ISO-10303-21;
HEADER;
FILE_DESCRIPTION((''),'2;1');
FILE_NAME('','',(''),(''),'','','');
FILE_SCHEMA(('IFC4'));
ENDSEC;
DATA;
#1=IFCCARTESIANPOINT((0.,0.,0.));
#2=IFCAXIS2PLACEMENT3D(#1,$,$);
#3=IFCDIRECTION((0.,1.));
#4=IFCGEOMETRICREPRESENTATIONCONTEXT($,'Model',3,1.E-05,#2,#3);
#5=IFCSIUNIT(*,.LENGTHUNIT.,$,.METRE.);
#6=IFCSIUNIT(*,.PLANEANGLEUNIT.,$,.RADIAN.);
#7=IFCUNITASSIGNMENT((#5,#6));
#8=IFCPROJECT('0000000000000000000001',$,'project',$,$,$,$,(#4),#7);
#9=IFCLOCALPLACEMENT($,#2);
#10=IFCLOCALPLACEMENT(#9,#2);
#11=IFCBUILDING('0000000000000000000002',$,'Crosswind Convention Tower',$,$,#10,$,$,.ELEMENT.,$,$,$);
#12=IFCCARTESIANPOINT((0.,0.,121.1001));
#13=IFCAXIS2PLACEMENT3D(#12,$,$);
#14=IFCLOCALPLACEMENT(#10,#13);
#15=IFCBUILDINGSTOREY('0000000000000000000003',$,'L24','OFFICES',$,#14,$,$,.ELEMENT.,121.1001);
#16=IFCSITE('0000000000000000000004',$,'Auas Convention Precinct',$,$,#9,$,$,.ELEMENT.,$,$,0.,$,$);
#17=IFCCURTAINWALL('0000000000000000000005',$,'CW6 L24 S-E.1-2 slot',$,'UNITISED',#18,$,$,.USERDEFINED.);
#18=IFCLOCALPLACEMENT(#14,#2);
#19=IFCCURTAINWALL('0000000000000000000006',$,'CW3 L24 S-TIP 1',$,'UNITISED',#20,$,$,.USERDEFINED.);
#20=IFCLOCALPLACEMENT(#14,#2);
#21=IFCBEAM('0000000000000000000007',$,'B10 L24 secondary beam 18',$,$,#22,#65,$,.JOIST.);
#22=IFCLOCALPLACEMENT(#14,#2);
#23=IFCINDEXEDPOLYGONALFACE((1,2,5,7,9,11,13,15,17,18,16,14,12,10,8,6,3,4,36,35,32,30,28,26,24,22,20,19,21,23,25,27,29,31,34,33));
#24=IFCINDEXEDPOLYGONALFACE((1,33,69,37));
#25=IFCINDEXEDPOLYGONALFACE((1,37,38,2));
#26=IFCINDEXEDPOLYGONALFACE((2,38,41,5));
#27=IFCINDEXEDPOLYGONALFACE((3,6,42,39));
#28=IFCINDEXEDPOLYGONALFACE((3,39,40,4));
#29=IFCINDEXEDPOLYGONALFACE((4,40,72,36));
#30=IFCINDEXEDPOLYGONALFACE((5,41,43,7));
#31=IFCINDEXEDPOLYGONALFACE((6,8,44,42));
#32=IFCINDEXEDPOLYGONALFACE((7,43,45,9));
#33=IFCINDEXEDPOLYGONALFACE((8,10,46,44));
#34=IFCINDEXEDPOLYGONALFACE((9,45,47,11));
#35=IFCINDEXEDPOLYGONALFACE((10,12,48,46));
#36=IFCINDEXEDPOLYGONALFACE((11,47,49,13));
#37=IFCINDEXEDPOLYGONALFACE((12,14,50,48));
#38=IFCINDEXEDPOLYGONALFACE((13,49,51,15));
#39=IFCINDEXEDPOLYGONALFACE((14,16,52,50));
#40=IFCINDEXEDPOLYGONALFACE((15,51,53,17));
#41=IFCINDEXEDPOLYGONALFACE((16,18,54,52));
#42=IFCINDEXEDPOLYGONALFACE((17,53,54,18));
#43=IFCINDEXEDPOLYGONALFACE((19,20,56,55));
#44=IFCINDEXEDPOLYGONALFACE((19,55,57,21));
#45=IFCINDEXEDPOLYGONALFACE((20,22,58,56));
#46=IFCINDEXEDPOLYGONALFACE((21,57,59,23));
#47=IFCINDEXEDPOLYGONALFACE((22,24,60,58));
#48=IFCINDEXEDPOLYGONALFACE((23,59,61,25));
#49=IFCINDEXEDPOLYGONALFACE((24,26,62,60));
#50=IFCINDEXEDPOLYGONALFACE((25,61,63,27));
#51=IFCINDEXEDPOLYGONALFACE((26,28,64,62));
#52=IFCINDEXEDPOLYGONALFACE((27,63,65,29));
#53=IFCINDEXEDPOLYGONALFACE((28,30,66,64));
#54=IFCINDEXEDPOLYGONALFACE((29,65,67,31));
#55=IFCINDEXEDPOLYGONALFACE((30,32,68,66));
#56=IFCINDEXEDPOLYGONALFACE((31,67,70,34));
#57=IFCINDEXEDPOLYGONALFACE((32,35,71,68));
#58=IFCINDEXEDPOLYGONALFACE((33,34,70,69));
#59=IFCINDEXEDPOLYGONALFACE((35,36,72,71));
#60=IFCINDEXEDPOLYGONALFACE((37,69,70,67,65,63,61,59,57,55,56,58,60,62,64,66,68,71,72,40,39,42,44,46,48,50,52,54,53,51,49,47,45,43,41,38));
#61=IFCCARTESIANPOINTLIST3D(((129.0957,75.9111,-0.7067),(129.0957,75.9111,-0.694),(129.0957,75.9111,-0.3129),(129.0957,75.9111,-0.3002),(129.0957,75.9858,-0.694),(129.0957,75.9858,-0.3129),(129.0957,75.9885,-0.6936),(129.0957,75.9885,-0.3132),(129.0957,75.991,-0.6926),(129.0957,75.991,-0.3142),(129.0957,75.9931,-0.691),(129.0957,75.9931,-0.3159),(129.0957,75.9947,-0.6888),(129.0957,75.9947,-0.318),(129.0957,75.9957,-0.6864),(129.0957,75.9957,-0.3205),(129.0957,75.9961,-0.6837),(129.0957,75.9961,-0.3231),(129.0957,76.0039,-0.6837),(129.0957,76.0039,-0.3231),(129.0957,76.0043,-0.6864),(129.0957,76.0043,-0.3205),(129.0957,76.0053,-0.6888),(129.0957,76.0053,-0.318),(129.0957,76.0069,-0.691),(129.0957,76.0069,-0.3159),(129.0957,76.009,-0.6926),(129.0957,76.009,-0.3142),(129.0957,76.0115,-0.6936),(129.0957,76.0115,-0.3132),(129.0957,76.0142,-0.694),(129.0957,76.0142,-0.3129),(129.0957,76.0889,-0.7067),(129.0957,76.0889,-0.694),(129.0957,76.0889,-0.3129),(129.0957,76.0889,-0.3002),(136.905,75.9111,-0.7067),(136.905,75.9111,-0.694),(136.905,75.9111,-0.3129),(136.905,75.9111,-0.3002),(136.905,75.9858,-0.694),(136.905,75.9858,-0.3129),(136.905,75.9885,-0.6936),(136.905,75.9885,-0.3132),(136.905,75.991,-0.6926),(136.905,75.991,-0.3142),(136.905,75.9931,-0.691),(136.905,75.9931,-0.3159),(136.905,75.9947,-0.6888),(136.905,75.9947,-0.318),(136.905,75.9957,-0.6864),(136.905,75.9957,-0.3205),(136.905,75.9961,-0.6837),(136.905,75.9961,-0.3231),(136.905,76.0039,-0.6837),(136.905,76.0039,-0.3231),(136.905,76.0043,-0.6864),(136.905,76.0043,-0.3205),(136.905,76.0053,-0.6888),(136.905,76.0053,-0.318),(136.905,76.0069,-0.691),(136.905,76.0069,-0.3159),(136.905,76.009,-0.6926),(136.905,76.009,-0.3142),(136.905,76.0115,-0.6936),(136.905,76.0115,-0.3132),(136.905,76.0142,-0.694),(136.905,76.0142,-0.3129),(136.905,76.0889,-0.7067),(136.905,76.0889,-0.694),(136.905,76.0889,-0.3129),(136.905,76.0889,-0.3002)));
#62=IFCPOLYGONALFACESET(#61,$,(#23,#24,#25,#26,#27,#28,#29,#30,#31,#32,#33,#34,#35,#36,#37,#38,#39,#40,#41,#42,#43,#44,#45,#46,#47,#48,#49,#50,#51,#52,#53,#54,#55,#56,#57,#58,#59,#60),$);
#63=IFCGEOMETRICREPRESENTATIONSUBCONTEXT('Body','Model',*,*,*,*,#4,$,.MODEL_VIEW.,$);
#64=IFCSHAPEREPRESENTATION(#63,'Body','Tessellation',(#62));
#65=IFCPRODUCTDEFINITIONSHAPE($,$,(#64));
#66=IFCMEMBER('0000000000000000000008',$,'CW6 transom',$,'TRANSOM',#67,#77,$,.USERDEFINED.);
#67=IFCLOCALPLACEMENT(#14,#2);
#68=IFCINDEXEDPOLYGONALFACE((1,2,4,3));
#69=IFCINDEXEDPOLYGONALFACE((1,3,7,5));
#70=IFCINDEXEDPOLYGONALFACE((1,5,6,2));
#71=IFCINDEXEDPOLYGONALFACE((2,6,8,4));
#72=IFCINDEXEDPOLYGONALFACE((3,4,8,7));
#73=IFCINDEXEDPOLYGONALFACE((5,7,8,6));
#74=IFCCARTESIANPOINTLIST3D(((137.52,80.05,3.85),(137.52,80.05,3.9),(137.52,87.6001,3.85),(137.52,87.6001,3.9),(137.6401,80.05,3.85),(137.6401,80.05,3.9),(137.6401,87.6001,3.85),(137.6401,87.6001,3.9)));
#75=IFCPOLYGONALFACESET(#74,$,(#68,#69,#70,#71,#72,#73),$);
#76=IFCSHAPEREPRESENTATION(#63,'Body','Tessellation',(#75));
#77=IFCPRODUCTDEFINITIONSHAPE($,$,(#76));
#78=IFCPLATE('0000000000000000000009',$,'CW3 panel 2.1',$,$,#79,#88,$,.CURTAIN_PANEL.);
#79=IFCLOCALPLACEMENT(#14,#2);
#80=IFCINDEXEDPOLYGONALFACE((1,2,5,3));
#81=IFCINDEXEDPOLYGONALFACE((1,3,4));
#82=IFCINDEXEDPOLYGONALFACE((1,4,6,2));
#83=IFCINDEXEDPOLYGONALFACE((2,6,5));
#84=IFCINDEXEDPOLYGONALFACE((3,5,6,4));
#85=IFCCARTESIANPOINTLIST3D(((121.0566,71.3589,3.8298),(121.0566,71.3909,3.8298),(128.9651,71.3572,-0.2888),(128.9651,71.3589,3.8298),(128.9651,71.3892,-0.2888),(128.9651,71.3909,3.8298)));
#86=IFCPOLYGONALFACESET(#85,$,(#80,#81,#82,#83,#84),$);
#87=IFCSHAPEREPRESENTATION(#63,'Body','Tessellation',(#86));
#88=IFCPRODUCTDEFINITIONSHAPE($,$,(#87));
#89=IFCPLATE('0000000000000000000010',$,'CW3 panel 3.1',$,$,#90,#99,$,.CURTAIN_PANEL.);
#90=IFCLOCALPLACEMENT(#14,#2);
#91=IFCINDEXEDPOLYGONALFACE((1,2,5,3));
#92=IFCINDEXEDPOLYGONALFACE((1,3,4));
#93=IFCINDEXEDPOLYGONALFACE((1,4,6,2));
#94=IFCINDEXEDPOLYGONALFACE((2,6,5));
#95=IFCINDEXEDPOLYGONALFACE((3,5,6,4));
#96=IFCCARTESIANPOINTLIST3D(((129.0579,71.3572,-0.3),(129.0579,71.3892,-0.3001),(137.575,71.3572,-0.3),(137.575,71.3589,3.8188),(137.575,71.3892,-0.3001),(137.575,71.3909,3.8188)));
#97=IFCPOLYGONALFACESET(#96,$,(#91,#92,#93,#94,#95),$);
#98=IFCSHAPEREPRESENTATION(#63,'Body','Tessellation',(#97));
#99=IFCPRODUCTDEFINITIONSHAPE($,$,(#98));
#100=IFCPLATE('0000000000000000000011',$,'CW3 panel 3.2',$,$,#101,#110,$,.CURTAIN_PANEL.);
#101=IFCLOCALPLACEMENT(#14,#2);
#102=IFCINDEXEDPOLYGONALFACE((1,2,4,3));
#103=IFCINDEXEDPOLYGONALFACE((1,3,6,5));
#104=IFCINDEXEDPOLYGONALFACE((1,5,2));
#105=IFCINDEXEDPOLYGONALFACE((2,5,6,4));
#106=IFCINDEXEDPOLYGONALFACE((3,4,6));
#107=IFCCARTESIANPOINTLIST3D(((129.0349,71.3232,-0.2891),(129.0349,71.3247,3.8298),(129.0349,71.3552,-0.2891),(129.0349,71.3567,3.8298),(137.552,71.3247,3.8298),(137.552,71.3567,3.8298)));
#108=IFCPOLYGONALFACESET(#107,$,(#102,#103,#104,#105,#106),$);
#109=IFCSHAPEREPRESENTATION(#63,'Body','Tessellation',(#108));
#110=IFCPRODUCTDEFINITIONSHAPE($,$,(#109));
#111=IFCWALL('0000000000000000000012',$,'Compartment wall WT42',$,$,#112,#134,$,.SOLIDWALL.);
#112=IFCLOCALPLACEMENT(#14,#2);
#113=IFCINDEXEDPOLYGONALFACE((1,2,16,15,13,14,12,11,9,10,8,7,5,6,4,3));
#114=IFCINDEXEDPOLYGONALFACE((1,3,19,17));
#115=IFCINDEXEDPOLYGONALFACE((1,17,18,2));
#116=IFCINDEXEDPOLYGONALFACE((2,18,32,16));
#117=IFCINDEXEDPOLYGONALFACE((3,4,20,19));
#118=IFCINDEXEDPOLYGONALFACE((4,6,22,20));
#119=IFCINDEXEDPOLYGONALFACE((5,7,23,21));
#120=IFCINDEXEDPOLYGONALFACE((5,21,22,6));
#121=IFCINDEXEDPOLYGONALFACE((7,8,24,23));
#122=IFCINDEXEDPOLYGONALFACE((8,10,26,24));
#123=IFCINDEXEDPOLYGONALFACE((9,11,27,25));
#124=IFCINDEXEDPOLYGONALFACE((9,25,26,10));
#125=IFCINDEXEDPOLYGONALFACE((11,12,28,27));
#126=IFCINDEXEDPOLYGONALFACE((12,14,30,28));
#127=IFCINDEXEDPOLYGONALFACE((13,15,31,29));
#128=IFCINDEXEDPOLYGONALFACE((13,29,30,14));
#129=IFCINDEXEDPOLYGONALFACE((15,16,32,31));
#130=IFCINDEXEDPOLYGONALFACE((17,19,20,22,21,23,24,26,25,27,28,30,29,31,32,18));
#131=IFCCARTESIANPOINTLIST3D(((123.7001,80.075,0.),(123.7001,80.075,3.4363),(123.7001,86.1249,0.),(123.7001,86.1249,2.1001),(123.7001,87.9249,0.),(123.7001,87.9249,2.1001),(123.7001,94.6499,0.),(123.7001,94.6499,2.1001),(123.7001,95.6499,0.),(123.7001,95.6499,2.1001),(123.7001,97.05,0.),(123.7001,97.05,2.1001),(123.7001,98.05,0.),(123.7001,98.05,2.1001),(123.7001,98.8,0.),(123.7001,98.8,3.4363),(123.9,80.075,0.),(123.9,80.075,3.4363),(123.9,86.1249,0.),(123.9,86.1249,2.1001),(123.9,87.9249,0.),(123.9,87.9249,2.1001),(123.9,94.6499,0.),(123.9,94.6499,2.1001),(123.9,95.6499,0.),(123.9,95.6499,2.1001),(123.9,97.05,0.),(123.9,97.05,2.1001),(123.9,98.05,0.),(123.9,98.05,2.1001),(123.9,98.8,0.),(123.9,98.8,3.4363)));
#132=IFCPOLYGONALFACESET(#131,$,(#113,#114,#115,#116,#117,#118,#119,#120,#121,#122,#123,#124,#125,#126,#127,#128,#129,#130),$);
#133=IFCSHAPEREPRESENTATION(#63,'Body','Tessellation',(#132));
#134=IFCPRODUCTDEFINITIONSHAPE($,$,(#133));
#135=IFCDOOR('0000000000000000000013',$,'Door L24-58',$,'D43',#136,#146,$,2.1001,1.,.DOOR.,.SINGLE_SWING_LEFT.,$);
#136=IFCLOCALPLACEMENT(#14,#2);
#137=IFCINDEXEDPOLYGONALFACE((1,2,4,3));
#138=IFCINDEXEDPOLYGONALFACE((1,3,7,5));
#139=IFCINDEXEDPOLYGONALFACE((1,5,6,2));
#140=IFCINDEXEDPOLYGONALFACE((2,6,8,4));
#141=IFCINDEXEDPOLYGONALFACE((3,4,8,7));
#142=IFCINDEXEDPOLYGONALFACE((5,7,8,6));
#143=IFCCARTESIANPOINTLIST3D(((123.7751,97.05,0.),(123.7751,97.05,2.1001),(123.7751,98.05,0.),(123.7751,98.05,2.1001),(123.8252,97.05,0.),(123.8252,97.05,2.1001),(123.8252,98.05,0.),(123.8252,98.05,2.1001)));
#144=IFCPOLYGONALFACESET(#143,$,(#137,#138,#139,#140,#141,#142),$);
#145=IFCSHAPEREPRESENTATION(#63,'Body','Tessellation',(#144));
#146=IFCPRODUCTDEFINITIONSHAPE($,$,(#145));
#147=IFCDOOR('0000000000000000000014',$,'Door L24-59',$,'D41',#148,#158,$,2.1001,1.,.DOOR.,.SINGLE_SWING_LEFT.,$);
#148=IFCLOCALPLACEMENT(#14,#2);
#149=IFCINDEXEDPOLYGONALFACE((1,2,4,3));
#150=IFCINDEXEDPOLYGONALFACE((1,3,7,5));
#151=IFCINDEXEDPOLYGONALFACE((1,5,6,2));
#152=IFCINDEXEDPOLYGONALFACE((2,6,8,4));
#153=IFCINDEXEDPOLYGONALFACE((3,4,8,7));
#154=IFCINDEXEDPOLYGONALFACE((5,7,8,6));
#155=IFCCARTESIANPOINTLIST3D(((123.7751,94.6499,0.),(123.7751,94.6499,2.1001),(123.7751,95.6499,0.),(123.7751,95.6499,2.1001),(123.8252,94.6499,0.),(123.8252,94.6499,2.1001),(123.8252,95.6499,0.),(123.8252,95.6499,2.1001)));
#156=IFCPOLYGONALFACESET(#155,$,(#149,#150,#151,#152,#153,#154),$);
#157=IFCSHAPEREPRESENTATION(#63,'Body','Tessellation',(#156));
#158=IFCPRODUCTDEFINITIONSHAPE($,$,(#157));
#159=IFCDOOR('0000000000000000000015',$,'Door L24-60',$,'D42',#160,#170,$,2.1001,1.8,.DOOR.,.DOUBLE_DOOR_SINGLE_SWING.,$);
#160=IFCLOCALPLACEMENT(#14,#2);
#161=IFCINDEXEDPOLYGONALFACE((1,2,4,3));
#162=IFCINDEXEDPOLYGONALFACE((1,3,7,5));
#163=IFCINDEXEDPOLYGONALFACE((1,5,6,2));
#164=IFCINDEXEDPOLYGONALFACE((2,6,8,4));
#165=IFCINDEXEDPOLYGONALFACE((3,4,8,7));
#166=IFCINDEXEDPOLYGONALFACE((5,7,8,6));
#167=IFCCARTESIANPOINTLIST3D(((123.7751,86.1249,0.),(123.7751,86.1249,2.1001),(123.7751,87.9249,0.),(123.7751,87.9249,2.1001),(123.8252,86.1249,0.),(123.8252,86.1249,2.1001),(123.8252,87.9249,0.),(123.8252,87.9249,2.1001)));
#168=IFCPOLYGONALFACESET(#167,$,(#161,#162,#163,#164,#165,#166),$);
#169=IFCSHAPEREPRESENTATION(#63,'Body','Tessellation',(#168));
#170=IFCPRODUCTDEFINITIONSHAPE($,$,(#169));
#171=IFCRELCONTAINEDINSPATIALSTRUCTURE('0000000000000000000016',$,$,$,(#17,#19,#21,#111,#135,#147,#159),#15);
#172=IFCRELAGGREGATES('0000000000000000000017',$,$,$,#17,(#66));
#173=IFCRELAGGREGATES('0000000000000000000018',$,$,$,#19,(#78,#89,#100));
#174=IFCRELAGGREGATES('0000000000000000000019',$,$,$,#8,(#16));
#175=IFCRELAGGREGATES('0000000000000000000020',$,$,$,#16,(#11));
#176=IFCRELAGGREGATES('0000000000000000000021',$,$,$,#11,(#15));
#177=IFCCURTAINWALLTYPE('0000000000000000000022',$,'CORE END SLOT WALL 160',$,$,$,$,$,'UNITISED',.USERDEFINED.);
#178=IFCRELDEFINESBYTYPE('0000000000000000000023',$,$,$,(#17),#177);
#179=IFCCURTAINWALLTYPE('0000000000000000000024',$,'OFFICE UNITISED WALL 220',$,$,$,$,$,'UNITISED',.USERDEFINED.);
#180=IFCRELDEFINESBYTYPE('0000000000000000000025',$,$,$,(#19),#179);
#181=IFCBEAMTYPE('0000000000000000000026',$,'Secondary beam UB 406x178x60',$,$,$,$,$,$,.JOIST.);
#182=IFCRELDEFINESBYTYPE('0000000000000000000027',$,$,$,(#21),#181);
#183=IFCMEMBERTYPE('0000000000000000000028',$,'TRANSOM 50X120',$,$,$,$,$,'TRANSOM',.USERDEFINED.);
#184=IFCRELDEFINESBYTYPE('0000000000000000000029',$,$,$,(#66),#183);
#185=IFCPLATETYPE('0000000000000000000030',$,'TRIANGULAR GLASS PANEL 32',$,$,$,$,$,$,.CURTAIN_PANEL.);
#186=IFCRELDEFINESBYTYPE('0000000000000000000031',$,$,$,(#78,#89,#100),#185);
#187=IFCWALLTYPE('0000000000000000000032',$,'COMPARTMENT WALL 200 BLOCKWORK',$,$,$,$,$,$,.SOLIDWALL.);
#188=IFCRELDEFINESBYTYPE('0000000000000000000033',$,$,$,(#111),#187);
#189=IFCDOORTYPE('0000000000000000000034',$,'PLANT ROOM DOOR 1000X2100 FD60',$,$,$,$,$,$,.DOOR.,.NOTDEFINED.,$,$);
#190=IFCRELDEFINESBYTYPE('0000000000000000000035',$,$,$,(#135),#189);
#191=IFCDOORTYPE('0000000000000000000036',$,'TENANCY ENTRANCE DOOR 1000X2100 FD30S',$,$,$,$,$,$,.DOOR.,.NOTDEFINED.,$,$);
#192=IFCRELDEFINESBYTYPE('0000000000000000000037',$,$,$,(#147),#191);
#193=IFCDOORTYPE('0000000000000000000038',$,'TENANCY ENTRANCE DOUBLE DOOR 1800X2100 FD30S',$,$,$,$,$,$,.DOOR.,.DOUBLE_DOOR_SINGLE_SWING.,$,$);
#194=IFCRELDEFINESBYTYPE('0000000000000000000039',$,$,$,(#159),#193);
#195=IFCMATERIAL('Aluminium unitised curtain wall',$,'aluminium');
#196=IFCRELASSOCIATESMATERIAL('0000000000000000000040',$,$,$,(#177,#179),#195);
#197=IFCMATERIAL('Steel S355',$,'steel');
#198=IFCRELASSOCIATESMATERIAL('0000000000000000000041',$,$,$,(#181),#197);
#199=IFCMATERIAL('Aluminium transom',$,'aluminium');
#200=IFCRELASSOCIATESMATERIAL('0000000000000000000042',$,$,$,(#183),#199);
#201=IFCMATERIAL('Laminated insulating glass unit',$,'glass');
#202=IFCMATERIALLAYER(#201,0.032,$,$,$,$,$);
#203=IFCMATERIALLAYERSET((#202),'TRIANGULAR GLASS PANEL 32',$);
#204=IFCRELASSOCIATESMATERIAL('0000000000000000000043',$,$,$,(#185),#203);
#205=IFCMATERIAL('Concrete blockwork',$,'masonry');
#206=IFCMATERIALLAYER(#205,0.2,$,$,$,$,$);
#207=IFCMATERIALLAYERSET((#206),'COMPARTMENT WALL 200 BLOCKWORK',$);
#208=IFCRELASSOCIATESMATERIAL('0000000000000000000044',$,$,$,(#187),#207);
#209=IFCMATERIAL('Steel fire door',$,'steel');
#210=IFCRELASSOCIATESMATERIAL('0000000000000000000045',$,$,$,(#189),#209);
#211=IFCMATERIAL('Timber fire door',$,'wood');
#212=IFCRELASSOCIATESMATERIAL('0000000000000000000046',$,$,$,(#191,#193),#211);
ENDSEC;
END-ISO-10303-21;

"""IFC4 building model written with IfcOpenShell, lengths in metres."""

from ifc_helpers import new_model, si_unit, direction, frame, frame_2d, origin, origin_2d, place, context, subcontext, project, spatial, polyline, rectangle, i_section, outline, extrude, material, layer, layer_set, material_profile, profile_set, type_object, element, fill, aggregate, save


model = new_model("IFC4")

# Units and contexts
model_context = context("Model", 3, precision=1e-05, world=origin(), true_north=direction((0.0, 1.0)))
body_context = subcontext(model_context, "Body", "Model", "MODEL_VIEW")
ifc_project = project(units=[si_unit("LENGTHUNIT", "METRE"), si_unit("PLANEANGLEUNIT", "RADIAN")], contexts=[model_context])

# Site, building, storey
site_placement = place(None, origin())
site = spatial("IfcSite", under=ifc_project, at=site_placement, Name="Auas Convention Precinct", CompositionType="ELEMENT", RefElevation=0.0)
building_placement = place(site_placement, origin())
building = spatial("IfcBuilding", under=site, at=building_placement, Name="Crosswind Convention Tower", CompositionType="ELEMENT")
storey_placement = place(building_placement, frame((0.0, 0.0, 121.1001)))
storey = spatial("IfcBuildingStorey", under=building, at=storey_placement, Name="L24", Description="OFFICES", CompositionType="ELEMENT", Elevation=121.1001)

# Shared definitions
ifc_material_1 = material(Name="Steel S355", Category="steel")

# Curtain walls
ifc_material_2 = material(Name="Aluminium unitised curtain wall", Category="aluminium")
curtain_wall_type_1 = type_object("IfcCurtainWallType", Name="CORE END SLOT WALL 160", ElementType="UNITISED", PredefinedType="USERDEFINED", material=ifc_material_2)
curtain_wall_1_placement = place(storey_placement, origin())
curtain_wall_1 = element("IfcCurtainWall", 1, at=curtain_wall_1_placement, inside=storey, type_object=curtain_wall_type_1, Name="CW6 L24 S-E.1-2 slot", ObjectType="UNITISED", PredefinedType="USERDEFINED")
curtain_wall_type_2 = type_object("IfcCurtainWallType", Name="OFFICE UNITISED WALL 220", ElementType="UNITISED", PredefinedType="USERDEFINED", material=ifc_material_2)
curtain_wall_2_placement = place(storey_placement, origin())
curtain_wall_2 = element("IfcCurtainWall", 2, at=curtain_wall_2_placement, inside=storey, type_object=curtain_wall_type_2, Name="CW3 L24 S-TIP 1", ObjectType="UNITISED", PredefinedType="USERDEFINED")

# Beam
ifc_material_profile_1 = material_profile(ifc_material_1, i_section(OverallWidth=0.1777, OverallDepth=0.4065, WebThickness=0.0078, FlangeThickness=0.0127, FilletRadius=0.0103, at=origin_2d()), Name="UB 406x178x60")
ifc_profile_set_1 = profile_set([ifc_material_profile_1], Name="Steel S355")
beam_type_1 = type_object("IfcBeamType", Name="Secondary beam UB 406x178x60", PredefinedType="JOIST", material=ifc_profile_set_1)
beam_1_placement = place(storey_placement, frame((129.0957, 76.0, -0.5034), z_axis=(1.0, 0.0, 0.0), x_axis=(0.0, 1.0, 0.0)))
element("IfcBeam", 3, at=beam_1_placement, inside=storey, type_object=beam_type_1, Name="B10 L24 secondary beam 18", PredefinedType="JOIST", context=body_context, shape_type="SweptSolid", body=[
    extrude(i_section(OverallWidth=0.1777, OverallDepth=0.4065, WebThickness=0.0078, FlangeThickness=0.0127, FilletRadius=0.0103, at=origin_2d()), origin(), (0.0, 0.0, 1.0), 7.8093),
])

# Member
ifc_material_3 = material(Name="Aluminium transom", Category="aluminium")
ifc_material_profile_2 = material_profile(ifc_material_3, rectangle(XDim=0.1201, YDim=0.05, at=origin_2d()), Name="AL 120X50")
ifc_profile_set_2 = profile_set([ifc_material_profile_2], Name="Aluminium transom")
member_type_1 = type_object("IfcMemberType", Name="TRANSOM 50X120", ElementType="TRANSOM", PredefinedType="USERDEFINED", material=ifc_profile_set_2)
member_1_placement = place(storey_placement, frame((137.5801, 80.05, 3.875), z_axis=(0.0, 1.0, 0.0), x_axis=(-1.0, 0.0, 0.0)))
member_1 = element("IfcMember", 4, at=member_1_placement, type_object=member_type_1, Name="CW6 transom", ObjectType="TRANSOM", PredefinedType="USERDEFINED", context=body_context, shape_type="SweptSolid", body=[
    extrude(rectangle(XDim=0.1201, YDim=0.05, at=origin_2d()), origin(), (0.0, 0.0, 1.0), 7.55),
])
aggregate(curtain_wall_1, [member_1])

# Plates
ifc_material_4 = material(Name="Laminated insulating glass unit", Category="glass")
ifc_layer_1 = layer(ifc_material_4, 0.032)
ifc_layer_set_1 = layer_set([ifc_layer_1], Name="TRIANGULAR GLASS PANEL 32")
plate_type = type_object("IfcPlateType", Name="TRIANGULAR GLASS PANEL 32", PredefinedType="CURTAIN_PANEL", material=ifc_layer_set_1)
plate_1_placement = place(storey_placement, frame((128.9651, 71.3589, 3.8298), z_axis=(0.0, -1.0, 0.000415), x_axis=(-1.0, 0.0, 0.0)))
plate_1 = element("IfcPlate", 5, at=plate_1_placement, type_object=plate_type, Name="CW3 panel 2.1", PredefinedType="CURTAIN_PANEL", context=body_context, shape_type="SweptSolid", body=[
    extrude(outline(polyline([(0.0, 0.0), (7.9084, 0.0), (0.0, 4.1187), (0.0, 0.0)])), origin(), (0.0, 0.0, -1.0), 0.032),
])
plate_2_placement = place(storey_placement, frame((137.575, 71.3572, -0.3), z_axis=(0.0, -1.0, 0.000415), x_axis=(0.0, 0.000415, 1.0)))
plate_2 = element("IfcPlate", 6, at=plate_2_placement, type_object=plate_type, Name="CW3 panel 3.1", PredefinedType="CURTAIN_PANEL", context=body_context, shape_type="SweptSolid", body=[
    extrude(outline(polyline([(0.0, 0.0), (4.1189, 0.0), (0.0, 8.5171), (0.0, 0.0)])), origin(), (0.0, 0.0, -1.0), 0.032),
])
plate_3_placement = place(storey_placement, frame((129.0349, 71.3247, 3.8298), z_axis=(0.0, -1.0, 0.000356), x_axis=(0.0, -0.000356, -1.0)))
plate_3 = element("IfcPlate", 7, at=plate_3_placement, type_object=plate_type, Name="CW3 panel 3.2", PredefinedType="CURTAIN_PANEL", context=body_context, shape_type="SweptSolid", body=[
    extrude(outline(polyline([(0.0, 0.0), (4.1189, 0.0), (0.0, 8.5171), (0.0, 0.0)])), origin(), (0.0, 0.0, -1.0), 0.032),
])
aggregate(curtain_wall_2, [plate_1, plate_2, plate_3])

# Wall, openings, doors
ifc_material_5 = material(Name="Concrete blockwork", Category="masonry")
ifc_layer_2 = layer(ifc_material_5, 0.2)
ifc_layer_set_2 = layer_set([ifc_layer_2], Name="COMPARTMENT WALL 200 BLOCKWORK")
wall_type_1 = type_object("IfcWallType", Name="COMPARTMENT WALL 200 BLOCKWORK", PredefinedType="SOLIDWALL", material=ifc_layer_set_2)
wall_1_placement = place(storey_placement, frame((123.8, 80.075, 0.0), z_axis=(0.0, 0.0, 1.0), x_axis=(0.0, 1.0, 0.0)))
wall_1 = element("IfcWall", 8, at=wall_1_placement, inside=storey, type_object=wall_type_1, Name="Compartment wall WT42", PredefinedType="SOLIDWALL", context=body_context, shape_type="SweptSolid", body=[
    extrude(rectangle(XDim=18.7251, YDim=0.2, at=frame_2d((9.3625, 0.0))), origin(), (0.0, 0.0, 1.0), 3.4363),
])
opening_1_placement = place(wall_1_placement, frame((16.9751, 0.0, 0.0)))
opening_1 = element("IfcOpeningElement", 9, at=opening_1_placement, cuts=wall_1, PredefinedType="OPENING", context=body_context, shape_type="SweptSolid", body=[
    extrude(rectangle(XDim=1.0, YDim=2.1001, at=frame_2d((0.5, 1.05))), frame((0.0, 0.1099, 0.0), z_axis=(0.0, -1.0, 0.0), x_axis=(1.0, 0.0, 0.0)), (0.0, 0.0, 1.0), 0.22),
])
opening_2_placement = place(wall_1_placement, frame((14.575, 0.0, 0.0)))
opening_2 = element("IfcOpeningElement", 10, at=opening_2_placement, cuts=wall_1, PredefinedType="OPENING", context=body_context, shape_type="SweptSolid", body=[
    extrude(rectangle(XDim=1.0, YDim=2.1001, at=frame_2d((0.5, 1.05))), frame((0.0, 0.1099, 0.0), z_axis=(0.0, -1.0, 0.0), x_axis=(1.0, 0.0, 0.0)), (0.0, 0.0, 1.0), 0.22),
])
opening_3_placement = place(wall_1_placement, frame((6.05, 0.0, 0.0)))
opening_3 = element("IfcOpeningElement", 11, at=opening_3_placement, cuts=wall_1, PredefinedType="OPENING", context=body_context, shape_type="SweptSolid", body=[
    extrude(rectangle(XDim=1.8, YDim=2.1001, at=frame_2d((0.8999, 1.05))), frame((0.0, 0.1099, 0.0), z_axis=(0.0, -1.0, 0.0), x_axis=(1.0, 0.0, 0.0)), (0.0, 0.0, 1.0), 0.22),
])
ifc_material_6 = material(Name="Steel fire door", Category="steel")
door_type_1 = type_object("IfcDoorType", Name="PLANT ROOM DOOR 1000X2100 FD60", OperationType="NOTDEFINED", PredefinedType="DOOR", material=ifc_material_6)
door_1_placement = place(opening_1_placement, origin())
door_1 = element("IfcDoor", 12, at=door_1_placement, inside=storey, type_object=door_type_1, Name="Door L24-58", ObjectType="D43", OperationType="SINGLE_SWING_LEFT", OverallHeight=2.1001, OverallWidth=1.0, PredefinedType="DOOR", context=body_context, shape_type="SweptSolid", body=[
    extrude(rectangle(XDim=1.0, YDim=2.1001, at=frame_2d((0.5, 1.05))), frame((0.0, 0.0249, 0.0), z_axis=(0.0, -1.0, 0.0), x_axis=(1.0, 0.0, 0.0)), (0.0, 0.0, 1.0), 0.05),
])
fill(opening_1, door_1)
ifc_material_7 = material(Name="Timber fire door", Category="wood")
door_type_2 = type_object("IfcDoorType", Name="TENANCY ENTRANCE DOOR 1000X2100 FD30S", OperationType="NOTDEFINED", PredefinedType="DOOR", material=ifc_material_7)
door_2_placement = place(opening_2_placement, origin())
door_2 = element("IfcDoor", 13, at=door_2_placement, inside=storey, type_object=door_type_2, Name="Door L24-59", ObjectType="D41", OperationType="SINGLE_SWING_LEFT", OverallHeight=2.1001, OverallWidth=1.0, PredefinedType="DOOR", context=body_context, shape_type="SweptSolid", body=[
    extrude(rectangle(XDim=1.0, YDim=2.1001, at=frame_2d((0.5, 1.05))), frame((0.0, 0.0249, 0.0), z_axis=(0.0, -1.0, 0.0), x_axis=(1.0, 0.0, 0.0)), (0.0, 0.0, 1.0), 0.05),
])
fill(opening_2, door_2)
door_type_3 = type_object("IfcDoorType", Name="TENANCY ENTRANCE DOUBLE DOOR 1800X2100 FD30S", OperationType="DOUBLE_DOOR_SINGLE_SWING", PredefinedType="DOOR", material=ifc_material_7)
door_3_placement = place(opening_3_placement, origin())
door_3 = element("IfcDoor", 14, at=door_3_placement, inside=storey, type_object=door_type_3, Name="Door L24-60", ObjectType="D42", OperationType="DOUBLE_DOOR_SINGLE_SWING", OverallHeight=2.1001, OverallWidth=1.8, PredefinedType="DOOR", context=body_context, shape_type="SweptSolid", body=[
    extrude(rectangle(XDim=1.8, YDim=2.1001, at=frame_2d((0.8999, 1.05))), frame((0.0, 0.0249, 0.0), z_axis=(0.0, -1.0, 0.0), x_axis=(1.0, 0.0, 0.0)), (0.0, 0.0, 1.0), 0.05),
])
fill(opening_3, door_3)

save(model, "model.ifc")
